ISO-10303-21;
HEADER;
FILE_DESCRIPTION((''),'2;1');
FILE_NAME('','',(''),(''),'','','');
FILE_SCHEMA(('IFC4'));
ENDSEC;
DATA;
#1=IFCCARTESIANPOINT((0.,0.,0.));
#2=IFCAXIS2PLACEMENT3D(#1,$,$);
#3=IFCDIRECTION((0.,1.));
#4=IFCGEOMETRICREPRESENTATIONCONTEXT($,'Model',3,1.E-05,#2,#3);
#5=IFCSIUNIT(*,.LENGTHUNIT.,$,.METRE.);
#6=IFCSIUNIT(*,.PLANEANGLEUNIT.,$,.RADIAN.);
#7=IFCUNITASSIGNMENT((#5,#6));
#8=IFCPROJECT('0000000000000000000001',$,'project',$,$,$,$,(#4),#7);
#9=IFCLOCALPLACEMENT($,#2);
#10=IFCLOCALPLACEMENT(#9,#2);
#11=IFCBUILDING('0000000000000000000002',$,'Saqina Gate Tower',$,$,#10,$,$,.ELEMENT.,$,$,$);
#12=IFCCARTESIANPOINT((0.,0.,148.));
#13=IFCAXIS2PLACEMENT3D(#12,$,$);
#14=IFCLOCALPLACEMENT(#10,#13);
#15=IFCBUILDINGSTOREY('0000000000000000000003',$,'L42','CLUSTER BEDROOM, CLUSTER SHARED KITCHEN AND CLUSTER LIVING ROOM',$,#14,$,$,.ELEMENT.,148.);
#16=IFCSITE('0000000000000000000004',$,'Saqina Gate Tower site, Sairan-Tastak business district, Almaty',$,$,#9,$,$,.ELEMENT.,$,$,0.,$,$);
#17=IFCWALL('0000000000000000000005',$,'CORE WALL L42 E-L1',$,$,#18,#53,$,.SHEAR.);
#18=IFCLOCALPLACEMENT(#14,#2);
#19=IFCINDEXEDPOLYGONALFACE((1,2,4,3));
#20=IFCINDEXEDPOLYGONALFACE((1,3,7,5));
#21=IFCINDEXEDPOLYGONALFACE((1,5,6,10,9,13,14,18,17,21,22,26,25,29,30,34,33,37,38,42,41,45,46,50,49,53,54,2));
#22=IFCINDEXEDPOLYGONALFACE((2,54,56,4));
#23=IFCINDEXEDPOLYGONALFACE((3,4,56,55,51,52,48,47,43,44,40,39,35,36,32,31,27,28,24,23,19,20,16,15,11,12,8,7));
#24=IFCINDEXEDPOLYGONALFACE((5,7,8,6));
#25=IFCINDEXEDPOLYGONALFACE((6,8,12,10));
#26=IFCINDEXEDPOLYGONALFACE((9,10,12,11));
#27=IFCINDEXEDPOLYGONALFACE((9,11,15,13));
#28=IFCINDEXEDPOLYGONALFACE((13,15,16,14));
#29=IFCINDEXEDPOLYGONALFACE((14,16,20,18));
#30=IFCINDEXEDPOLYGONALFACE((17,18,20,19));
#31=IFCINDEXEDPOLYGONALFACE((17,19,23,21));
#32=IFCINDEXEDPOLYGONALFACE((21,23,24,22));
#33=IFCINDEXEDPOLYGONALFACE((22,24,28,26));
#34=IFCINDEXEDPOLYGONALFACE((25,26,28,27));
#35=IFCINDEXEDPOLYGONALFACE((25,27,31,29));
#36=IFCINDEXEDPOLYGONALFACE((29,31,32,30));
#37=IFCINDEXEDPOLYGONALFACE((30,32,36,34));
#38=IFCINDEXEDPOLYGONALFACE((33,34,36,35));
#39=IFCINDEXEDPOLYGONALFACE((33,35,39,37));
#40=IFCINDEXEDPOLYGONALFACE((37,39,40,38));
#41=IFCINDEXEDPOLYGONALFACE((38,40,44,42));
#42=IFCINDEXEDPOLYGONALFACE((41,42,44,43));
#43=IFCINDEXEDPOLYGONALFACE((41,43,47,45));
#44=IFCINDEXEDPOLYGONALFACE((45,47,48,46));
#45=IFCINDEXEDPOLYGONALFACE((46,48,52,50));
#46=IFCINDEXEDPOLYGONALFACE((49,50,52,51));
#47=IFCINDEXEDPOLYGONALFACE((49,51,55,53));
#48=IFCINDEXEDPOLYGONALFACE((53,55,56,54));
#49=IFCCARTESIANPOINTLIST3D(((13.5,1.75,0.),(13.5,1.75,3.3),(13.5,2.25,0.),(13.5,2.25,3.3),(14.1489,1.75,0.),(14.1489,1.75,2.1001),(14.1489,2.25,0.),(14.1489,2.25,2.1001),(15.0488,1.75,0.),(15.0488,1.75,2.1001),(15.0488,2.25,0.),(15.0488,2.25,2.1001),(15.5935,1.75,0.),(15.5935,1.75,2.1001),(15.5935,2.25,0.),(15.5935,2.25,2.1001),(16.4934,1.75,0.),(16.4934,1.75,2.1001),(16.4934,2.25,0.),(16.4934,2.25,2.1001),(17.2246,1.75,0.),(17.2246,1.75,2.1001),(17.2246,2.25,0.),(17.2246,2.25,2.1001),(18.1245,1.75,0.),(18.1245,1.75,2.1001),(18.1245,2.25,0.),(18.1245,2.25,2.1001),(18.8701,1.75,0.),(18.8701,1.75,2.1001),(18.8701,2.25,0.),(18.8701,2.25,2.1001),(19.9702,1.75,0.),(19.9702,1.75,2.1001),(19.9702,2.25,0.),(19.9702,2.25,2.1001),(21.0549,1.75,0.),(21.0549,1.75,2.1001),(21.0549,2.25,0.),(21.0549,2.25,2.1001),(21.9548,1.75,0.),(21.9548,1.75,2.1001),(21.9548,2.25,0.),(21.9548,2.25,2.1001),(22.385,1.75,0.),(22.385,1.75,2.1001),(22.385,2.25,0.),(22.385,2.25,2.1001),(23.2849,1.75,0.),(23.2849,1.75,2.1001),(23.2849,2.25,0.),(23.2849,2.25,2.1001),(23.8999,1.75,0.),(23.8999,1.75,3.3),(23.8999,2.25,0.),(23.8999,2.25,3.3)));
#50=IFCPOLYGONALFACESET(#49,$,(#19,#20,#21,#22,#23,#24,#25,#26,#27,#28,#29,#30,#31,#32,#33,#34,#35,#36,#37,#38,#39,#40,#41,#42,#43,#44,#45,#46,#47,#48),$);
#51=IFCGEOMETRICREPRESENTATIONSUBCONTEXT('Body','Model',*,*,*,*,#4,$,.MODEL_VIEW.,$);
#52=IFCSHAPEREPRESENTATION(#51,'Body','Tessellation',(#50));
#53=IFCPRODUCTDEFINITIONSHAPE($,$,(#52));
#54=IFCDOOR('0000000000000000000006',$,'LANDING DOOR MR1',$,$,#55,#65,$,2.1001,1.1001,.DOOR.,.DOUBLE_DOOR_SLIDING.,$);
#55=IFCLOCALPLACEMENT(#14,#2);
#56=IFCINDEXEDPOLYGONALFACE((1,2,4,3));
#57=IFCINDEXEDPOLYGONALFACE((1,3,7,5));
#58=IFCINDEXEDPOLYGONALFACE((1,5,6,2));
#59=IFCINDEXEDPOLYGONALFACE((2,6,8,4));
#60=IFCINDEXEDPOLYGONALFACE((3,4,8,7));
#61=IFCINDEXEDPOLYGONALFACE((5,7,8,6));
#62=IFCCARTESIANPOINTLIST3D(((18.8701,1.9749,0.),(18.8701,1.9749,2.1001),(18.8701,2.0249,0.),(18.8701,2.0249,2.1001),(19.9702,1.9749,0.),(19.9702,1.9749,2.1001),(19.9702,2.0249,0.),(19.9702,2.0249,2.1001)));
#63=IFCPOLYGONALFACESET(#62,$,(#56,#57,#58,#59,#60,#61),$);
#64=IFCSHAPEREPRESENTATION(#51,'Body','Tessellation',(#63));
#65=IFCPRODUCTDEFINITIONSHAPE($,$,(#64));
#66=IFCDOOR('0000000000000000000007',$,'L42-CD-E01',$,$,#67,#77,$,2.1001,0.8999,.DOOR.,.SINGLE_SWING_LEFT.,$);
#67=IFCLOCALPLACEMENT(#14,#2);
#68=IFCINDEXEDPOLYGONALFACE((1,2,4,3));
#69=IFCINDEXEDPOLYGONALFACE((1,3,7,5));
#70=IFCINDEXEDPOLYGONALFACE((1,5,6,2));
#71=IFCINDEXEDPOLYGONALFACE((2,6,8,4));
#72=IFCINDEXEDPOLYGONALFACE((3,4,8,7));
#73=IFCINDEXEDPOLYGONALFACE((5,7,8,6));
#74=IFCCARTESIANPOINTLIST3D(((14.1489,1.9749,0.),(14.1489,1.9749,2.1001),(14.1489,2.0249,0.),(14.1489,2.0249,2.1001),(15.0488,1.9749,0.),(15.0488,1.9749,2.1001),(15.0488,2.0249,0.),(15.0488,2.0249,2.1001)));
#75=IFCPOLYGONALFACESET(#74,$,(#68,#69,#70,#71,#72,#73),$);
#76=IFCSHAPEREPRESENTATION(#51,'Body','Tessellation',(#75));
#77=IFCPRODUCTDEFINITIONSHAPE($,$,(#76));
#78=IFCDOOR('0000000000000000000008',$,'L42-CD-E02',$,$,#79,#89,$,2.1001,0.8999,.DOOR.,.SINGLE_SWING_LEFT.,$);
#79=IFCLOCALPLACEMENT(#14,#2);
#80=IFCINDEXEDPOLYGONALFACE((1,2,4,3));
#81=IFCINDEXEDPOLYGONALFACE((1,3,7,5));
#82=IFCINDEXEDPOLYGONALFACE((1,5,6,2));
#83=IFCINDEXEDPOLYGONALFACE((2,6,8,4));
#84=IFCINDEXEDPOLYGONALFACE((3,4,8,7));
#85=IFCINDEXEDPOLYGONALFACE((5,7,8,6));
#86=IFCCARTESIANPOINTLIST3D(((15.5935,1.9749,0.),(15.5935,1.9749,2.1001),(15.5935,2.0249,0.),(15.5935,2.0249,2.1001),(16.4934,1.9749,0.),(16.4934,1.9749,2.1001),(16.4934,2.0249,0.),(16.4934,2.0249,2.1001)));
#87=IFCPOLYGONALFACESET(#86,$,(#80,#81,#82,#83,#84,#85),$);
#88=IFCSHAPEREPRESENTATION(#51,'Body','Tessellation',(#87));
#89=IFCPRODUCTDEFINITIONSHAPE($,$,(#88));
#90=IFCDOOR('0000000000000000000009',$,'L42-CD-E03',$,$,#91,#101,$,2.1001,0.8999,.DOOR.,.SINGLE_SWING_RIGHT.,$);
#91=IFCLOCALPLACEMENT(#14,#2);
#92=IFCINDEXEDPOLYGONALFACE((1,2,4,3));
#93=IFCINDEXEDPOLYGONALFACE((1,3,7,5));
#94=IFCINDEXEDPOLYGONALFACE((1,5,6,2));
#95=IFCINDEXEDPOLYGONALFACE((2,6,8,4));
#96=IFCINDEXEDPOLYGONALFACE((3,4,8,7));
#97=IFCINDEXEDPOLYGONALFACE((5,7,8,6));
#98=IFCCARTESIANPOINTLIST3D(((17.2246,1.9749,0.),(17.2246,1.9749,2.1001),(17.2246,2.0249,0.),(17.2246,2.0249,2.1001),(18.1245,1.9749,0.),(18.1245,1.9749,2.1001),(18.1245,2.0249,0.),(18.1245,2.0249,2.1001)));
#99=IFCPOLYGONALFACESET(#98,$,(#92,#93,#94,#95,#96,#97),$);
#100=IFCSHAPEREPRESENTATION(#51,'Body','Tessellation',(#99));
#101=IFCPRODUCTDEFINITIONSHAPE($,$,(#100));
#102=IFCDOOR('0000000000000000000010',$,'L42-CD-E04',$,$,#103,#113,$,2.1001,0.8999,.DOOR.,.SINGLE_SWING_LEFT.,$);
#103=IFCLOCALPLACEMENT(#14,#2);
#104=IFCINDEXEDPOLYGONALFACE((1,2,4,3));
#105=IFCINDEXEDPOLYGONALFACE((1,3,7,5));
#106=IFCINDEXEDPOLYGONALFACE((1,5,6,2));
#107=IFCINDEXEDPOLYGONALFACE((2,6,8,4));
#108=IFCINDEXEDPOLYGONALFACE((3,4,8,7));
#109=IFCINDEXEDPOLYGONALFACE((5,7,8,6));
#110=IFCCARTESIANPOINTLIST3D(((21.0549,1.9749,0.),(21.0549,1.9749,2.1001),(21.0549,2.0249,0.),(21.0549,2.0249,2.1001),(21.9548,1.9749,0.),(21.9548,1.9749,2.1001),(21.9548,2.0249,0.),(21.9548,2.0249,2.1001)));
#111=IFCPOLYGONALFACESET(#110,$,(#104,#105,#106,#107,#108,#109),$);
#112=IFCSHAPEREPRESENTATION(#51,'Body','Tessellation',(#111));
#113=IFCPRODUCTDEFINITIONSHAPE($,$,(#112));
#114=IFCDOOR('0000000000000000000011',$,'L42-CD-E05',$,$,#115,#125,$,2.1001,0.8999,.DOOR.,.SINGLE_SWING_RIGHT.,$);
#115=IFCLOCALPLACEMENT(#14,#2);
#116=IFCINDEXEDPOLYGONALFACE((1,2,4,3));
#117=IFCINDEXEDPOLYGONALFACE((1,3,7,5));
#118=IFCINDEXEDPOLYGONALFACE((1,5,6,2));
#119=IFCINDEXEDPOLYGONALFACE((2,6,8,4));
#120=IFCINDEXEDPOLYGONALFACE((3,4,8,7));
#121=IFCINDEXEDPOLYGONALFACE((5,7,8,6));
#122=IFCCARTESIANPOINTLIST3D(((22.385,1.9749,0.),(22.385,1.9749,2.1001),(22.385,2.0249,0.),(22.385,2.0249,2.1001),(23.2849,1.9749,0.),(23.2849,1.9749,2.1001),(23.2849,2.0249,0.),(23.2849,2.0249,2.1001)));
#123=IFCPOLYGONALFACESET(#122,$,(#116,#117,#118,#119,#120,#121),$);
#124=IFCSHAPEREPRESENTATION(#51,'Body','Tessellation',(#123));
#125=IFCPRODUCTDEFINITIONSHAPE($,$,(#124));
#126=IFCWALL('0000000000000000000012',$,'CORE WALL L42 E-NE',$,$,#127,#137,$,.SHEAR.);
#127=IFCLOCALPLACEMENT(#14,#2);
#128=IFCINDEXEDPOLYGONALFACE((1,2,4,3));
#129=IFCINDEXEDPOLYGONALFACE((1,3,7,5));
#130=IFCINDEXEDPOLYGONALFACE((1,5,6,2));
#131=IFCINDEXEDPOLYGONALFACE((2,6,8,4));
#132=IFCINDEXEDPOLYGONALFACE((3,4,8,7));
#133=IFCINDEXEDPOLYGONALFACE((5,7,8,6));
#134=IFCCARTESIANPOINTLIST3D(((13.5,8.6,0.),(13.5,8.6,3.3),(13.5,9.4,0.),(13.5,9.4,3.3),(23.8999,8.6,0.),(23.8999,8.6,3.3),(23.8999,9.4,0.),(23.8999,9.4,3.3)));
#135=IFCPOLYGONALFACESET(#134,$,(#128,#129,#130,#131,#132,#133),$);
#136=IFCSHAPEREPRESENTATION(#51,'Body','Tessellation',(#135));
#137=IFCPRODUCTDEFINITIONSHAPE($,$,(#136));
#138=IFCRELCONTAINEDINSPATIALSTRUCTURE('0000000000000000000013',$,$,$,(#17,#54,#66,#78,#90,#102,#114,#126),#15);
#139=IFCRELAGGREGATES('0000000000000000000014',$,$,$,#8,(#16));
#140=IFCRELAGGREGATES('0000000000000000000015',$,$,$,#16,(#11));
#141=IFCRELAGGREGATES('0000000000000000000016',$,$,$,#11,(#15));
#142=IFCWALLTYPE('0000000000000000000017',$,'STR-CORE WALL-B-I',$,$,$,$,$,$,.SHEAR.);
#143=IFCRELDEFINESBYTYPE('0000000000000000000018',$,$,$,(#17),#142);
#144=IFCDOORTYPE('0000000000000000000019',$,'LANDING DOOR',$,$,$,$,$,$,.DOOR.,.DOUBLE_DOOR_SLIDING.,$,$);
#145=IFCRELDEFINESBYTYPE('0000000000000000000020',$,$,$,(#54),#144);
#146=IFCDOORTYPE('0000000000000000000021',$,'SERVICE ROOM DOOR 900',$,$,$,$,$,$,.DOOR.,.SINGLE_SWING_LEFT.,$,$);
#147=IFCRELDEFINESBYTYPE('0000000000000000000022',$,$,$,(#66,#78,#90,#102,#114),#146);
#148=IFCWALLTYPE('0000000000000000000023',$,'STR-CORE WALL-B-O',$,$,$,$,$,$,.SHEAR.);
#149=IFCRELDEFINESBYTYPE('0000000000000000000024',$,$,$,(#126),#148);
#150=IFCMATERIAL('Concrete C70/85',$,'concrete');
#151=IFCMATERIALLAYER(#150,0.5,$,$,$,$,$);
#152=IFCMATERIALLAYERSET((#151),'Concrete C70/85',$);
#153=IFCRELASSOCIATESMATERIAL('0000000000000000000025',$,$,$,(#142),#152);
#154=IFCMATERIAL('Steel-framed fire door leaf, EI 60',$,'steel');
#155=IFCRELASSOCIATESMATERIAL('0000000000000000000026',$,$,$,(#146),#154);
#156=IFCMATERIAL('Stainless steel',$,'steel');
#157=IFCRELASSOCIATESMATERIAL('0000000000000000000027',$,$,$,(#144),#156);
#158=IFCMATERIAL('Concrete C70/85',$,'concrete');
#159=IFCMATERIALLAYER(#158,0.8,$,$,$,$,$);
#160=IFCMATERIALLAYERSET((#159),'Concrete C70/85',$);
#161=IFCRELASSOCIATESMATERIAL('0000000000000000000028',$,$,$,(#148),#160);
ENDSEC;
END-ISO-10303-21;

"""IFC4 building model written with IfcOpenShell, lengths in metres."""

from ifc_helpers import new_model, si_unit, direction, frame, frame_2d, origin, place, context, subcontext, project, spatial, rectangle, extrude, material, layer, layer_set, type_object, element, fill, save


model = new_model("IFC4")

# Units and contexts
model_context = context("Model", 3, precision=1e-05, world=origin(), true_north=direction((0.0, 1.0)))
body_context = subcontext(model_context, "Body", "Model", "MODEL_VIEW")
ifc_project = project(units=[si_unit("LENGTHUNIT", "METRE"), si_unit("PLANEANGLEUNIT", "RADIAN")], contexts=[model_context])

# Site, building, storey
site_placement = place(None, origin())
site = spatial("IfcSite", under=ifc_project, at=site_placement, Name="Saqina Gate Tower site, Sairan-Tastak business district, Almaty", CompositionType="ELEMENT", RefElevation=0.0)
building_placement = place(site_placement, origin())
building = spatial("IfcBuilding", under=site, at=building_placement, Name="Saqina Gate Tower", CompositionType="ELEMENT")
storey_placement = place(building_placement, frame((0.0, 0.0, 148.0)))
storey = spatial("IfcBuildingStorey", under=building, at=storey_placement, Name="L42", Description="CLUSTER BEDROOM, CLUSTER SHARED KITCHEN AND CLUSTER LIVING ROOM", CompositionType="ELEMENT", Elevation=148.0)

# Shared definitions
ifc_material_1 = material(Name="Concrete C70/85", Category="concrete")
ifc_layer_1 = layer(ifc_material_1, 0.5)
ifc_layer_set_1 = layer_set([ifc_layer_1], Name="Concrete C70/85")
wall_type_1 = type_object("IfcWallType", Name="STR-CORE WALL-B-I", PredefinedType="SHEAR", material=ifc_layer_set_1)
ifc_material_2 = material(Name="Steel-framed fire door leaf, EI 60", Category="steel")
door_type_1 = type_object("IfcDoorType", Name="SERVICE ROOM DOOR 900", OperationType="SINGLE_SWING_LEFT", PredefinedType="DOOR", material=ifc_material_2)

# Wall, openings, doors
wall_1_placement = place(storey_placement, frame((13.5, 2.0, 0.0), z_axis=(0.0, 0.0, 1.0), x_axis=(1.0, 0.0, 0.0)))
wall_1 = element("IfcWall", 1, at=wall_1_placement, inside=storey, type_object=wall_type_1, Name="CORE WALL L42 E-L1", PredefinedType="SHEAR", context=body_context, shape_type="SweptSolid", body=[
    extrude(rectangle(XDim=10.3999, YDim=0.5, at=frame_2d((5.2, 0.0))), origin(), (0.0, 0.0, 1.0), 3.3),
])
opening_1_placement = place(wall_1_placement, frame((5.3701, 0.0, 0.0)))
opening_1 = element("IfcOpeningElement", 2, at=opening_1_placement, cuts=wall_1, PredefinedType="OPENING", context=body_context, shape_type="SweptSolid", body=[
    extrude(rectangle(XDim=1.1001, YDim=2.1001, at=frame_2d((0.55, 1.05))), frame((0.0, 0.262, 0.0), z_axis=(0.0, -1.0, 0.0), x_axis=(1.0, 0.0, 0.0)), (0.0, 0.0, 1.0), 0.5239),
])
opening_2_placement = place(wall_1_placement, frame((0.6489, 0.0, 0.0)))
opening_2 = element("IfcOpeningElement", 3, at=opening_2_placement, cuts=wall_1, PredefinedType="OPENING", context=body_context, shape_type="SweptSolid", body=[
    extrude(rectangle(XDim=0.8999, YDim=2.1001, at=frame_2d((0.45, 1.05))), frame((0.0, 0.262, 0.0), z_axis=(0.0, -1.0, 0.0), x_axis=(1.0, 0.0, 0.0)), (0.0, 0.0, 1.0), 0.5239),
])
opening_3_placement = place(wall_1_placement, frame((2.0935, 0.0, 0.0)))
opening_3 = element("IfcOpeningElement", 4, at=opening_3_placement, cuts=wall_1, PredefinedType="OPENING", context=body_context, shape_type="SweptSolid", body=[
    extrude(rectangle(XDim=0.8999, YDim=2.1001, at=frame_2d((0.45, 1.05))), frame((0.0, 0.262, 0.0), z_axis=(0.0, -1.0, 0.0), x_axis=(1.0, 0.0, 0.0)), (0.0, 0.0, 1.0), 0.5239),
])
opening_4_placement = place(wall_1_placement, frame((3.7246, 0.0, 0.0)))
opening_4 = element("IfcOpeningElement", 5, at=opening_4_placement, cuts=wall_1, PredefinedType="OPENING", context=body_context, shape_type="SweptSolid", body=[
    extrude(rectangle(XDim=0.8999, YDim=2.1001, at=frame_2d((0.45, 1.05))), frame((0.0, 0.262, 0.0), z_axis=(0.0, -1.0, 0.0), x_axis=(1.0, 0.0, 0.0)), (0.0, 0.0, 1.0), 0.5239),
])
opening_5_placement = place(wall_1_placement, frame((7.5549, 0.0, 0.0)))
opening_5 = element("IfcOpeningElement", 6, at=opening_5_placement, cuts=wall_1, PredefinedType="OPENING", context=body_context, shape_type="SweptSolid", body=[
    extrude(rectangle(XDim=0.8999, YDim=2.1001, at=frame_2d((0.45, 1.05))), frame((0.0, 0.262, 0.0), z_axis=(0.0, -1.0, 0.0), x_axis=(1.0, 0.0, 0.0)), (0.0, 0.0, 1.0), 0.5239),
])
opening_6_placement = place(wall_1_placement, frame((8.885, 0.0, 0.0)))
opening_6 = element("IfcOpeningElement", 7, at=opening_6_placement, cuts=wall_1, PredefinedType="OPENING", context=body_context, shape_type="SweptSolid", body=[
    extrude(rectangle(XDim=0.8999, YDim=2.1001, at=frame_2d((0.45, 1.05))), frame((0.0, 0.262, 0.0), z_axis=(0.0, -1.0, 0.0), x_axis=(1.0, 0.0, 0.0)), (0.0, 0.0, 1.0), 0.5239),
])
ifc_material_3 = material(Name="Stainless steel", Category="steel")
door_type_2 = type_object("IfcDoorType", Name="LANDING DOOR", OperationType="DOUBLE_DOOR_SLIDING", PredefinedType="DOOR", material=ifc_material_3)
door_1_placement = place(opening_1_placement, origin())
door_1 = element("IfcDoor", 8, at=door_1_placement, inside=storey, type_object=door_type_2, Name="LANDING DOOR MR1", OperationType="DOUBLE_DOOR_SLIDING", OverallHeight=2.1001, OverallWidth=1.1001, PredefinedType="DOOR", context=body_context, shape_type="SweptSolid", body=[
    extrude(rectangle(XDim=1.1001, YDim=2.1001, at=frame_2d((0.55, 1.05))), frame((0.0, 0.0249, 0.0), z_axis=(0.0, -1.0, 0.0), x_axis=(1.0, 0.0, 0.0)), (0.0, 0.0, 1.0), 0.05),
])
fill(opening_1, door_1)
door_2_placement = place(opening_2_placement, origin())
door_2 = element("IfcDoor", 9, at=door_2_placement, inside=storey, type_object=door_type_1, Name="L42-CD-E01", OperationType="SINGLE_SWING_LEFT", OverallHeight=2.1001, OverallWidth=0.8999, PredefinedType="DOOR", context=body_context, shape_type="SweptSolid", body=[
    extrude(rectangle(XDim=0.8999, YDim=2.1001, at=frame_2d((0.45, 1.05))), frame((0.0, 0.0249, 0.0), z_axis=(0.0, -1.0, 0.0), x_axis=(1.0, 0.0, 0.0)), (0.0, 0.0, 1.0), 0.05),
])
fill(opening_2, door_2)
door_3_placement = place(opening_3_placement, origin())
door_3 = element("IfcDoor", 10, at=door_3_placement, inside=storey, type_object=door_type_1, Name="L42-CD-E02", OperationType="SINGLE_SWING_LEFT", OverallHeight=2.1001, OverallWidth=0.8999, PredefinedType="DOOR", context=body_context, shape_type="SweptSolid", body=[
    extrude(rectangle(XDim=0.8999, YDim=2.1001, at=frame_2d((0.45, 1.05))), frame((0.0, 0.0249, 0.0), z_axis=(0.0, -1.0, 0.0), x_axis=(1.0, 0.0, 0.0)), (0.0, 0.0, 1.0), 0.05),
])
fill(opening_3, door_3)
door_4_placement = place(opening_4_placement, origin())
door_4 = element("IfcDoor", 11, at=door_4_placement, inside=storey, type_object=door_type_1, Name="L42-CD-E03", OperationType="SINGLE_SWING_RIGHT", OverallHeight=2.1001, OverallWidth=0.8999, PredefinedType="DOOR", context=body_context, shape_type="SweptSolid", body=[
    extrude(rectangle(XDim=0.8999, YDim=2.1001, at=frame_2d((0.45, 1.05))), frame((0.0, 0.0249, 0.0), z_axis=(0.0, -1.0, 0.0), x_axis=(1.0, 0.0, 0.0)), (0.0, 0.0, 1.0), 0.05),
])
fill(opening_4, door_4)
door_5_placement = place(opening_5_placement, origin())
door_5 = element("IfcDoor", 12, at=door_5_placement, inside=storey, type_object=door_type_1, Name="L42-CD-E04", OperationType="SINGLE_SWING_LEFT", OverallHeight=2.1001, OverallWidth=0.8999, PredefinedType="DOOR", context=body_context, shape_type="SweptSolid", body=[
    extrude(rectangle(XDim=0.8999, YDim=2.1001, at=frame_2d((0.45, 1.05))), frame((0.0, 0.0249, 0.0), z_axis=(0.0, -1.0, 0.0), x_axis=(1.0, 0.0, 0.0)), (0.0, 0.0, 1.0), 0.05),
])
fill(opening_5, door_5)
door_6_placement = place(opening_6_placement, origin())
door_6 = element("IfcDoor", 13, at=door_6_placement, inside=storey, type_object=door_type_1, Name="L42-CD-E05", OperationType="SINGLE_SWING_RIGHT", OverallHeight=2.1001, OverallWidth=0.8999, PredefinedType="DOOR", context=body_context, shape_type="SweptSolid", body=[
    extrude(rectangle(XDim=0.8999, YDim=2.1001, at=frame_2d((0.45, 1.05))), frame((0.0, 0.0249, 0.0), z_axis=(0.0, -1.0, 0.0), x_axis=(1.0, 0.0, 0.0)), (0.0, 0.0, 1.0), 0.05),
])
fill(opening_6, door_6)

# Wall
ifc_material_4 = material(Name="Concrete C70/85", Category="concrete")
ifc_layer_2 = layer(ifc_material_4, 0.8)
ifc_layer_set_2 = layer_set([ifc_layer_2], Name="Concrete C70/85")
wall_type_2 = type_object("IfcWallType", Name="STR-CORE WALL-B-O", PredefinedType="SHEAR", material=ifc_layer_set_2)
wall_2_placement = place(storey_placement, frame((13.5, 9.0, 0.0), z_axis=(0.0, 0.0, 1.0), x_axis=(1.0, 0.0, 0.0)))
element("IfcWall", 14, at=wall_2_placement, inside=storey, type_object=wall_type_2, Name="CORE WALL L42 E-NE", PredefinedType="SHEAR", context=body_context, shape_type="SweptSolid", body=[
    extrude(rectangle(XDim=10.3999, YDim=0.8, at=frame_2d((5.2, 0.0))), origin(), (0.0, 0.0, 1.0), 3.3),
])

save(model, "model.ifc")
